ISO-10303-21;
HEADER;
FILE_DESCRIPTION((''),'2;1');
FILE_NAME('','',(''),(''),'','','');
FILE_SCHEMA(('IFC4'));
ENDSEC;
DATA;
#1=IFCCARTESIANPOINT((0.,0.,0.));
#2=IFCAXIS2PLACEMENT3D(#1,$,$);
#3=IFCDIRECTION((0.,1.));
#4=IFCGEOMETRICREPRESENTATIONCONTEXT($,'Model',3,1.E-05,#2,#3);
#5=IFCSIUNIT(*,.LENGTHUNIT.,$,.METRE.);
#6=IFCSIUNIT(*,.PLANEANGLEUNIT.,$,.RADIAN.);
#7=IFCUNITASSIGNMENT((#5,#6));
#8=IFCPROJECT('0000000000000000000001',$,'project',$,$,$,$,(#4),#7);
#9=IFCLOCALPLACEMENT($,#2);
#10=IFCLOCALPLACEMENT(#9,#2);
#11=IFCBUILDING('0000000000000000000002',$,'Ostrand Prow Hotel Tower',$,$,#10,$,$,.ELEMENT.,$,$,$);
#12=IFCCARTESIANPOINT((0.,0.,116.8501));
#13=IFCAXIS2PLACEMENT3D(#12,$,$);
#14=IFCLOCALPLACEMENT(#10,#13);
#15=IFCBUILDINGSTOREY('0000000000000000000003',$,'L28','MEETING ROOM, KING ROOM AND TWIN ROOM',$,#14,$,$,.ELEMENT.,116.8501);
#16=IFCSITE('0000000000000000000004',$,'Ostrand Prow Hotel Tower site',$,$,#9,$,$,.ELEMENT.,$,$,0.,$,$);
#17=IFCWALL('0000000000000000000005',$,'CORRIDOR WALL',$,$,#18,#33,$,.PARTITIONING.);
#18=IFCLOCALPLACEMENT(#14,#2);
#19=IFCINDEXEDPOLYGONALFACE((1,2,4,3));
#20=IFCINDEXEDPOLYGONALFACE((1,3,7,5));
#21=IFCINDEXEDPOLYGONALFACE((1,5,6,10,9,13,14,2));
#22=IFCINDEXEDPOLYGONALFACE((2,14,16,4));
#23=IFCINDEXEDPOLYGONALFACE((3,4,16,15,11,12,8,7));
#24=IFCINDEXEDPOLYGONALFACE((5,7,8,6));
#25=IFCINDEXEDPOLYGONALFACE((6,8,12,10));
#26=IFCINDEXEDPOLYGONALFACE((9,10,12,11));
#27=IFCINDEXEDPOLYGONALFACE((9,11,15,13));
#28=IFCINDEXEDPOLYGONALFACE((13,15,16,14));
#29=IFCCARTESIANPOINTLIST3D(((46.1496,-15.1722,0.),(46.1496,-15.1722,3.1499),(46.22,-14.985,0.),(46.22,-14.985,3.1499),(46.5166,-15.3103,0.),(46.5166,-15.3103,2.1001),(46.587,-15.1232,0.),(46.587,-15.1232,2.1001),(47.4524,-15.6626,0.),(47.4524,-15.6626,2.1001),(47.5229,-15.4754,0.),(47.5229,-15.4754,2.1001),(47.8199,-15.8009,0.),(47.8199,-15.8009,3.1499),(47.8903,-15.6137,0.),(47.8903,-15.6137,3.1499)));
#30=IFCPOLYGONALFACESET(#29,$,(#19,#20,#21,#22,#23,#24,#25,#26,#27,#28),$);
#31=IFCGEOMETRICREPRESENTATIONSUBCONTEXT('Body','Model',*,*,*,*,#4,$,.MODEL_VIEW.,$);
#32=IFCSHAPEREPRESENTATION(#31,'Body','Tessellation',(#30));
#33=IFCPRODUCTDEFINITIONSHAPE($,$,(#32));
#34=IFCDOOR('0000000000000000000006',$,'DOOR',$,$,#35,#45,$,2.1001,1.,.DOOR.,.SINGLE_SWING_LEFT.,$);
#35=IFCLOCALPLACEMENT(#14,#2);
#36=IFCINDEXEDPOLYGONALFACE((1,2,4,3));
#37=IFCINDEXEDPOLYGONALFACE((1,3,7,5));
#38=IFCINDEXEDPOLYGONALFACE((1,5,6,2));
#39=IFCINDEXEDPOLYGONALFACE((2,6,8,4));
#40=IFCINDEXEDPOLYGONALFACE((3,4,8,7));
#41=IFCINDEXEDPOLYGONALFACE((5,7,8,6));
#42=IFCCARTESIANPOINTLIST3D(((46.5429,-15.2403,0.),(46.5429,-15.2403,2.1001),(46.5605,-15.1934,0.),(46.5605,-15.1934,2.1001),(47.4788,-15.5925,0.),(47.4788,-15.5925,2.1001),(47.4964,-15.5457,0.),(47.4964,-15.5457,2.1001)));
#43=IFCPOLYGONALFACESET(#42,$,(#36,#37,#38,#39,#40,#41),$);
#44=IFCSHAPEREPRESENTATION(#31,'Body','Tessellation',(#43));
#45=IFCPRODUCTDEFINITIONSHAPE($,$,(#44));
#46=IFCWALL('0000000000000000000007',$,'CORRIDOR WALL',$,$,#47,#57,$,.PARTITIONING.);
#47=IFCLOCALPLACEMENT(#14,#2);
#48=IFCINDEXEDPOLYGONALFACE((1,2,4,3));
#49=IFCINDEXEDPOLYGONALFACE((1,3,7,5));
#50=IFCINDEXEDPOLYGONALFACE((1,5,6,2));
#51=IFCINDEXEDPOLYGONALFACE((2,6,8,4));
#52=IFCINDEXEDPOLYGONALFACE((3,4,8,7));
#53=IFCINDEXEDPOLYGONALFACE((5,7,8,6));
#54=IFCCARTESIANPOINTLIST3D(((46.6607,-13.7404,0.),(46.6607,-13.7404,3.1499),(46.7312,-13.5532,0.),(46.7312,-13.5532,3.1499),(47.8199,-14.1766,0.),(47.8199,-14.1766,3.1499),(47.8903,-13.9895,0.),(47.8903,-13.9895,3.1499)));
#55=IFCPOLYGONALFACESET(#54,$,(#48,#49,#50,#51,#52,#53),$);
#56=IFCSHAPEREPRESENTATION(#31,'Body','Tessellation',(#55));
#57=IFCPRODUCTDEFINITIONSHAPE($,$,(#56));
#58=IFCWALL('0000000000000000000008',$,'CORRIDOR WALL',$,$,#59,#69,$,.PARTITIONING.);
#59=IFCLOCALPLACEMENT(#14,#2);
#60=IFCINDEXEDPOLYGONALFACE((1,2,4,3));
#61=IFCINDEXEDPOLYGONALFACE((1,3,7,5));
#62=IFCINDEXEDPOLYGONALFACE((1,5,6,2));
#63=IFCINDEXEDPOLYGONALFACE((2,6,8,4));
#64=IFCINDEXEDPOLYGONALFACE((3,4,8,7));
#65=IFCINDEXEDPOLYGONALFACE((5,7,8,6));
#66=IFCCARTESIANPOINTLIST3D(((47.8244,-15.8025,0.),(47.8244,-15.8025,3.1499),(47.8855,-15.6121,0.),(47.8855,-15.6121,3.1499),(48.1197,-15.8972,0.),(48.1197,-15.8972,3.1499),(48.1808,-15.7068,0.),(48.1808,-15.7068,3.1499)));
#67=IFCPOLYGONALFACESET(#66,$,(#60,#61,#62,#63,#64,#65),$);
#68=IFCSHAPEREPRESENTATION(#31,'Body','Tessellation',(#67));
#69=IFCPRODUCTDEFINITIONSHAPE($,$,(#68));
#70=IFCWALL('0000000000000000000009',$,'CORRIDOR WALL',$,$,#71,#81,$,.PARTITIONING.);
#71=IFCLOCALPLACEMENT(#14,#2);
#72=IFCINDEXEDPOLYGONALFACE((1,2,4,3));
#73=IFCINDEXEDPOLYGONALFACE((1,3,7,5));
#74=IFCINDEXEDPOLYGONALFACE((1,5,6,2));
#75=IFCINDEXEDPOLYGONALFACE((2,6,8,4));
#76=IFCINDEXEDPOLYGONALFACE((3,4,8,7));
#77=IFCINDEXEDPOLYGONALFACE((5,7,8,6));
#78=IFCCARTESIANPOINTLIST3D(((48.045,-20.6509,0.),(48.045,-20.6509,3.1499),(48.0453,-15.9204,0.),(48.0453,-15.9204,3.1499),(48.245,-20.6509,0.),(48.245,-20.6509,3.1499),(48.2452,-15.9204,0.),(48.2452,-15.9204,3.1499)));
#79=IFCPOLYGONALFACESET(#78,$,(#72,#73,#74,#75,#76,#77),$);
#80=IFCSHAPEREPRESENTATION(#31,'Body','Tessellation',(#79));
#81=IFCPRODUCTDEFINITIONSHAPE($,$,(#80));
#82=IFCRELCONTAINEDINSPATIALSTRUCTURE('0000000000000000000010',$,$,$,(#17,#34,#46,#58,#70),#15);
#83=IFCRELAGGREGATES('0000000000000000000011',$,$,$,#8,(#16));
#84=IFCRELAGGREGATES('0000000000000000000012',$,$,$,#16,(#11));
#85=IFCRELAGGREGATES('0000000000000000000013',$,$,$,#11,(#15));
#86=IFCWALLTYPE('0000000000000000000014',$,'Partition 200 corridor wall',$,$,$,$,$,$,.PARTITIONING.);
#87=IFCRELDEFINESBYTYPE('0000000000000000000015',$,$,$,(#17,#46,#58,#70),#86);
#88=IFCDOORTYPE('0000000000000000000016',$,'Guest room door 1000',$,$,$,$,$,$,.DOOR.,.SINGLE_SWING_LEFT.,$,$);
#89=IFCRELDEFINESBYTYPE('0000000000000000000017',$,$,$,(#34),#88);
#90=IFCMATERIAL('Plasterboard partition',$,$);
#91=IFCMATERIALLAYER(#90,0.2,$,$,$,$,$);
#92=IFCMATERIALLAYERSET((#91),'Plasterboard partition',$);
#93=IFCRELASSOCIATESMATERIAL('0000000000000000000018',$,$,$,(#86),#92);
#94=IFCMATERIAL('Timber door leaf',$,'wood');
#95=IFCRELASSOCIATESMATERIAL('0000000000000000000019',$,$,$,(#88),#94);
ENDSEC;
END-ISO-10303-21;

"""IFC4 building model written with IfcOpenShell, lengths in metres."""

from ifc_helpers import new_model, si_unit, direction, frame, frame_2d, origin, place, context, subcontext, project, spatial, rectangle, extrude, material, layer, layer_set, type_object, element, fill, save


model = new_model("IFC4")

# Units and contexts
model_context = context("Model", 3, precision=1e-05, world=origin(), true_north=direction((0.0, 1.0)))
body_context = subcontext(model_context, "Body", "Model", "MODEL_VIEW")
ifc_project = project(units=[si_unit("LENGTHUNIT", "METRE"), si_unit("PLANEANGLEUNIT", "RADIAN")], contexts=[model_context])

# Site, building, storey
site_placement = place(None, origin())
site = spatial("IfcSite", under=ifc_project, at=site_placement, Name="Ostrand Prow Hotel Tower site", CompositionType="ELEMENT", RefElevation=0.0)
building_placement = place(site_placement, origin())
building = spatial("IfcBuilding", under=site, at=building_placement, Name="Ostrand Prow Hotel Tower", CompositionType="ELEMENT")
storey_placement = place(building_placement, frame((0.0, 0.0, 116.8501)))
storey = spatial("IfcBuildingStorey", under=building, at=storey_placement, Name="L28", Description="MEETING ROOM, KING ROOM AND TWIN ROOM", CompositionType="ELEMENT", Elevation=116.8501)

# Shared definitions
ifc_material_1 = material(Name="Plasterboard partition")
ifc_layer_1 = layer(ifc_material_1, 0.2)
ifc_layer_set_1 = layer_set([ifc_layer_1], Name="Plasterboard partition")
wall_type_1 = type_object("IfcWallType", Name="Partition 200 corridor wall", PredefinedType="PARTITIONING", material=ifc_layer_set_1)
ifc_material_2 = material(Name="Timber door leaf", Category="wood")
door_type_1 = type_object("IfcDoorType", Name="Guest room door 1000", OperationType="SINGLE_SWING_LEFT", PredefinedType="DOOR", material=ifc_material_2)

# Wall, opening, door
wall_1_placement = place(storey_placement, frame((46.1848, -15.0786, 0.0), z_axis=(0.0, 0.0, 1.0), x_axis=(0.935896, -0.352278, 0.0)))
wall_1 = element("IfcWall", 1, at=wall_1_placement, inside=storey, type_object=wall_type_1, Name="CORRIDOR WALL", PredefinedType="PARTITIONING", context=body_context, shape_type="SweptSolid", body=[
    extrude(rectangle(XDim=1.7847, YDim=0.2, at=frame_2d((0.8923, 0.0))), origin(), (0.0, 0.0, 1.0), 3.1499),
])
opening_1_placement = place(wall_1_placement, frame((0.3921, 0.0, 0.0)))
opening_1 = element("IfcOpeningElement", 2, at=opening_1_placement, cuts=wall_1, PredefinedType="OPENING", context=body_context, shape_type="SweptSolid", body=[
    extrude(rectangle(XDim=1.0, YDim=2.1001, at=frame_2d((0.5, 1.05))), frame((0.0, 0.1099, 0.0), z_axis=(0.0, -1.0, 0.0), x_axis=(1.0, 0.0, 0.0)), (0.0, 0.0, 1.0), 0.22),
])
door_1_placement = place(opening_1_placement, origin())
door_1 = element("IfcDoor", 3, at=door_1_placement, inside=storey, type_object=door_type_1, Name="DOOR", OperationType="SINGLE_SWING_LEFT", OverallHeight=2.1001, OverallWidth=1.0, PredefinedType="DOOR", context=body_context, shape_type="SweptSolid", body=[
    extrude(rectangle(XDim=1.0, YDim=2.1001, at=frame_2d((0.5, 1.05))), frame((0.0, 0.0249, 0.0), z_axis=(0.0, -1.0, 0.0), x_axis=(1.0, 0.0, 0.0)), (0.0, 0.0, 1.0), 0.05),
])
fill(opening_1, door_1)

# Walls
wall_2_placement = place(storey_placement, frame((47.855, -14.083, 0.0), z_axis=(0.0, 0.0, 1.0), x_axis=(-0.935907, 0.352246, 0.0)))
element("IfcWall", 4, at=wall_2_placement, inside=storey, type_object=wall_type_1, Name="CORRIDOR WALL", PredefinedType="PARTITIONING", context=body_context, shape_type="SweptSolid", body=[
    extrude(rectangle(XDim=1.2385, YDim=0.2, at=frame_2d((0.6191, 0.0))), origin(), (0.0, 0.0, 1.0), 3.1499),
])
wall_3_placement = place(storey_placement, frame((47.855, -15.7073, 0.0), z_axis=(0.0, 0.0, 1.0), x_axis=(0.952168, -0.305576, 0.0)))
element("IfcWall", 5, at=wall_3_placement, inside=storey, type_object=wall_type_1, Name="CORRIDOR WALL", PredefinedType="PARTITIONING", context=body_context, shape_type="SweptSolid", body=[
    extrude(rectangle(XDim=0.3101, YDim=0.2, at=frame_2d((0.155, 0.0))), origin(), (0.0, 0.0, 1.0), 3.1499),
])
wall_4_placement = place(storey_placement, frame((48.1453, -15.9204, 0.0), z_axis=(0.0, 0.0, 1.0), x_axis=(-0.000052, -1.0, 0.0)))
element("IfcWall", 6, at=wall_4_placement, inside=storey, type_object=wall_type_1, Name="CORRIDOR WALL", PredefinedType="PARTITIONING", context=body_context, shape_type="SweptSolid", body=[
    extrude(rectangle(XDim=4.7305, YDim=0.2, at=frame_2d((2.3652, 0.0))), origin(), (0.0, 0.0, 1.0), 3.1499),
])

save(model, "model.ifc")
